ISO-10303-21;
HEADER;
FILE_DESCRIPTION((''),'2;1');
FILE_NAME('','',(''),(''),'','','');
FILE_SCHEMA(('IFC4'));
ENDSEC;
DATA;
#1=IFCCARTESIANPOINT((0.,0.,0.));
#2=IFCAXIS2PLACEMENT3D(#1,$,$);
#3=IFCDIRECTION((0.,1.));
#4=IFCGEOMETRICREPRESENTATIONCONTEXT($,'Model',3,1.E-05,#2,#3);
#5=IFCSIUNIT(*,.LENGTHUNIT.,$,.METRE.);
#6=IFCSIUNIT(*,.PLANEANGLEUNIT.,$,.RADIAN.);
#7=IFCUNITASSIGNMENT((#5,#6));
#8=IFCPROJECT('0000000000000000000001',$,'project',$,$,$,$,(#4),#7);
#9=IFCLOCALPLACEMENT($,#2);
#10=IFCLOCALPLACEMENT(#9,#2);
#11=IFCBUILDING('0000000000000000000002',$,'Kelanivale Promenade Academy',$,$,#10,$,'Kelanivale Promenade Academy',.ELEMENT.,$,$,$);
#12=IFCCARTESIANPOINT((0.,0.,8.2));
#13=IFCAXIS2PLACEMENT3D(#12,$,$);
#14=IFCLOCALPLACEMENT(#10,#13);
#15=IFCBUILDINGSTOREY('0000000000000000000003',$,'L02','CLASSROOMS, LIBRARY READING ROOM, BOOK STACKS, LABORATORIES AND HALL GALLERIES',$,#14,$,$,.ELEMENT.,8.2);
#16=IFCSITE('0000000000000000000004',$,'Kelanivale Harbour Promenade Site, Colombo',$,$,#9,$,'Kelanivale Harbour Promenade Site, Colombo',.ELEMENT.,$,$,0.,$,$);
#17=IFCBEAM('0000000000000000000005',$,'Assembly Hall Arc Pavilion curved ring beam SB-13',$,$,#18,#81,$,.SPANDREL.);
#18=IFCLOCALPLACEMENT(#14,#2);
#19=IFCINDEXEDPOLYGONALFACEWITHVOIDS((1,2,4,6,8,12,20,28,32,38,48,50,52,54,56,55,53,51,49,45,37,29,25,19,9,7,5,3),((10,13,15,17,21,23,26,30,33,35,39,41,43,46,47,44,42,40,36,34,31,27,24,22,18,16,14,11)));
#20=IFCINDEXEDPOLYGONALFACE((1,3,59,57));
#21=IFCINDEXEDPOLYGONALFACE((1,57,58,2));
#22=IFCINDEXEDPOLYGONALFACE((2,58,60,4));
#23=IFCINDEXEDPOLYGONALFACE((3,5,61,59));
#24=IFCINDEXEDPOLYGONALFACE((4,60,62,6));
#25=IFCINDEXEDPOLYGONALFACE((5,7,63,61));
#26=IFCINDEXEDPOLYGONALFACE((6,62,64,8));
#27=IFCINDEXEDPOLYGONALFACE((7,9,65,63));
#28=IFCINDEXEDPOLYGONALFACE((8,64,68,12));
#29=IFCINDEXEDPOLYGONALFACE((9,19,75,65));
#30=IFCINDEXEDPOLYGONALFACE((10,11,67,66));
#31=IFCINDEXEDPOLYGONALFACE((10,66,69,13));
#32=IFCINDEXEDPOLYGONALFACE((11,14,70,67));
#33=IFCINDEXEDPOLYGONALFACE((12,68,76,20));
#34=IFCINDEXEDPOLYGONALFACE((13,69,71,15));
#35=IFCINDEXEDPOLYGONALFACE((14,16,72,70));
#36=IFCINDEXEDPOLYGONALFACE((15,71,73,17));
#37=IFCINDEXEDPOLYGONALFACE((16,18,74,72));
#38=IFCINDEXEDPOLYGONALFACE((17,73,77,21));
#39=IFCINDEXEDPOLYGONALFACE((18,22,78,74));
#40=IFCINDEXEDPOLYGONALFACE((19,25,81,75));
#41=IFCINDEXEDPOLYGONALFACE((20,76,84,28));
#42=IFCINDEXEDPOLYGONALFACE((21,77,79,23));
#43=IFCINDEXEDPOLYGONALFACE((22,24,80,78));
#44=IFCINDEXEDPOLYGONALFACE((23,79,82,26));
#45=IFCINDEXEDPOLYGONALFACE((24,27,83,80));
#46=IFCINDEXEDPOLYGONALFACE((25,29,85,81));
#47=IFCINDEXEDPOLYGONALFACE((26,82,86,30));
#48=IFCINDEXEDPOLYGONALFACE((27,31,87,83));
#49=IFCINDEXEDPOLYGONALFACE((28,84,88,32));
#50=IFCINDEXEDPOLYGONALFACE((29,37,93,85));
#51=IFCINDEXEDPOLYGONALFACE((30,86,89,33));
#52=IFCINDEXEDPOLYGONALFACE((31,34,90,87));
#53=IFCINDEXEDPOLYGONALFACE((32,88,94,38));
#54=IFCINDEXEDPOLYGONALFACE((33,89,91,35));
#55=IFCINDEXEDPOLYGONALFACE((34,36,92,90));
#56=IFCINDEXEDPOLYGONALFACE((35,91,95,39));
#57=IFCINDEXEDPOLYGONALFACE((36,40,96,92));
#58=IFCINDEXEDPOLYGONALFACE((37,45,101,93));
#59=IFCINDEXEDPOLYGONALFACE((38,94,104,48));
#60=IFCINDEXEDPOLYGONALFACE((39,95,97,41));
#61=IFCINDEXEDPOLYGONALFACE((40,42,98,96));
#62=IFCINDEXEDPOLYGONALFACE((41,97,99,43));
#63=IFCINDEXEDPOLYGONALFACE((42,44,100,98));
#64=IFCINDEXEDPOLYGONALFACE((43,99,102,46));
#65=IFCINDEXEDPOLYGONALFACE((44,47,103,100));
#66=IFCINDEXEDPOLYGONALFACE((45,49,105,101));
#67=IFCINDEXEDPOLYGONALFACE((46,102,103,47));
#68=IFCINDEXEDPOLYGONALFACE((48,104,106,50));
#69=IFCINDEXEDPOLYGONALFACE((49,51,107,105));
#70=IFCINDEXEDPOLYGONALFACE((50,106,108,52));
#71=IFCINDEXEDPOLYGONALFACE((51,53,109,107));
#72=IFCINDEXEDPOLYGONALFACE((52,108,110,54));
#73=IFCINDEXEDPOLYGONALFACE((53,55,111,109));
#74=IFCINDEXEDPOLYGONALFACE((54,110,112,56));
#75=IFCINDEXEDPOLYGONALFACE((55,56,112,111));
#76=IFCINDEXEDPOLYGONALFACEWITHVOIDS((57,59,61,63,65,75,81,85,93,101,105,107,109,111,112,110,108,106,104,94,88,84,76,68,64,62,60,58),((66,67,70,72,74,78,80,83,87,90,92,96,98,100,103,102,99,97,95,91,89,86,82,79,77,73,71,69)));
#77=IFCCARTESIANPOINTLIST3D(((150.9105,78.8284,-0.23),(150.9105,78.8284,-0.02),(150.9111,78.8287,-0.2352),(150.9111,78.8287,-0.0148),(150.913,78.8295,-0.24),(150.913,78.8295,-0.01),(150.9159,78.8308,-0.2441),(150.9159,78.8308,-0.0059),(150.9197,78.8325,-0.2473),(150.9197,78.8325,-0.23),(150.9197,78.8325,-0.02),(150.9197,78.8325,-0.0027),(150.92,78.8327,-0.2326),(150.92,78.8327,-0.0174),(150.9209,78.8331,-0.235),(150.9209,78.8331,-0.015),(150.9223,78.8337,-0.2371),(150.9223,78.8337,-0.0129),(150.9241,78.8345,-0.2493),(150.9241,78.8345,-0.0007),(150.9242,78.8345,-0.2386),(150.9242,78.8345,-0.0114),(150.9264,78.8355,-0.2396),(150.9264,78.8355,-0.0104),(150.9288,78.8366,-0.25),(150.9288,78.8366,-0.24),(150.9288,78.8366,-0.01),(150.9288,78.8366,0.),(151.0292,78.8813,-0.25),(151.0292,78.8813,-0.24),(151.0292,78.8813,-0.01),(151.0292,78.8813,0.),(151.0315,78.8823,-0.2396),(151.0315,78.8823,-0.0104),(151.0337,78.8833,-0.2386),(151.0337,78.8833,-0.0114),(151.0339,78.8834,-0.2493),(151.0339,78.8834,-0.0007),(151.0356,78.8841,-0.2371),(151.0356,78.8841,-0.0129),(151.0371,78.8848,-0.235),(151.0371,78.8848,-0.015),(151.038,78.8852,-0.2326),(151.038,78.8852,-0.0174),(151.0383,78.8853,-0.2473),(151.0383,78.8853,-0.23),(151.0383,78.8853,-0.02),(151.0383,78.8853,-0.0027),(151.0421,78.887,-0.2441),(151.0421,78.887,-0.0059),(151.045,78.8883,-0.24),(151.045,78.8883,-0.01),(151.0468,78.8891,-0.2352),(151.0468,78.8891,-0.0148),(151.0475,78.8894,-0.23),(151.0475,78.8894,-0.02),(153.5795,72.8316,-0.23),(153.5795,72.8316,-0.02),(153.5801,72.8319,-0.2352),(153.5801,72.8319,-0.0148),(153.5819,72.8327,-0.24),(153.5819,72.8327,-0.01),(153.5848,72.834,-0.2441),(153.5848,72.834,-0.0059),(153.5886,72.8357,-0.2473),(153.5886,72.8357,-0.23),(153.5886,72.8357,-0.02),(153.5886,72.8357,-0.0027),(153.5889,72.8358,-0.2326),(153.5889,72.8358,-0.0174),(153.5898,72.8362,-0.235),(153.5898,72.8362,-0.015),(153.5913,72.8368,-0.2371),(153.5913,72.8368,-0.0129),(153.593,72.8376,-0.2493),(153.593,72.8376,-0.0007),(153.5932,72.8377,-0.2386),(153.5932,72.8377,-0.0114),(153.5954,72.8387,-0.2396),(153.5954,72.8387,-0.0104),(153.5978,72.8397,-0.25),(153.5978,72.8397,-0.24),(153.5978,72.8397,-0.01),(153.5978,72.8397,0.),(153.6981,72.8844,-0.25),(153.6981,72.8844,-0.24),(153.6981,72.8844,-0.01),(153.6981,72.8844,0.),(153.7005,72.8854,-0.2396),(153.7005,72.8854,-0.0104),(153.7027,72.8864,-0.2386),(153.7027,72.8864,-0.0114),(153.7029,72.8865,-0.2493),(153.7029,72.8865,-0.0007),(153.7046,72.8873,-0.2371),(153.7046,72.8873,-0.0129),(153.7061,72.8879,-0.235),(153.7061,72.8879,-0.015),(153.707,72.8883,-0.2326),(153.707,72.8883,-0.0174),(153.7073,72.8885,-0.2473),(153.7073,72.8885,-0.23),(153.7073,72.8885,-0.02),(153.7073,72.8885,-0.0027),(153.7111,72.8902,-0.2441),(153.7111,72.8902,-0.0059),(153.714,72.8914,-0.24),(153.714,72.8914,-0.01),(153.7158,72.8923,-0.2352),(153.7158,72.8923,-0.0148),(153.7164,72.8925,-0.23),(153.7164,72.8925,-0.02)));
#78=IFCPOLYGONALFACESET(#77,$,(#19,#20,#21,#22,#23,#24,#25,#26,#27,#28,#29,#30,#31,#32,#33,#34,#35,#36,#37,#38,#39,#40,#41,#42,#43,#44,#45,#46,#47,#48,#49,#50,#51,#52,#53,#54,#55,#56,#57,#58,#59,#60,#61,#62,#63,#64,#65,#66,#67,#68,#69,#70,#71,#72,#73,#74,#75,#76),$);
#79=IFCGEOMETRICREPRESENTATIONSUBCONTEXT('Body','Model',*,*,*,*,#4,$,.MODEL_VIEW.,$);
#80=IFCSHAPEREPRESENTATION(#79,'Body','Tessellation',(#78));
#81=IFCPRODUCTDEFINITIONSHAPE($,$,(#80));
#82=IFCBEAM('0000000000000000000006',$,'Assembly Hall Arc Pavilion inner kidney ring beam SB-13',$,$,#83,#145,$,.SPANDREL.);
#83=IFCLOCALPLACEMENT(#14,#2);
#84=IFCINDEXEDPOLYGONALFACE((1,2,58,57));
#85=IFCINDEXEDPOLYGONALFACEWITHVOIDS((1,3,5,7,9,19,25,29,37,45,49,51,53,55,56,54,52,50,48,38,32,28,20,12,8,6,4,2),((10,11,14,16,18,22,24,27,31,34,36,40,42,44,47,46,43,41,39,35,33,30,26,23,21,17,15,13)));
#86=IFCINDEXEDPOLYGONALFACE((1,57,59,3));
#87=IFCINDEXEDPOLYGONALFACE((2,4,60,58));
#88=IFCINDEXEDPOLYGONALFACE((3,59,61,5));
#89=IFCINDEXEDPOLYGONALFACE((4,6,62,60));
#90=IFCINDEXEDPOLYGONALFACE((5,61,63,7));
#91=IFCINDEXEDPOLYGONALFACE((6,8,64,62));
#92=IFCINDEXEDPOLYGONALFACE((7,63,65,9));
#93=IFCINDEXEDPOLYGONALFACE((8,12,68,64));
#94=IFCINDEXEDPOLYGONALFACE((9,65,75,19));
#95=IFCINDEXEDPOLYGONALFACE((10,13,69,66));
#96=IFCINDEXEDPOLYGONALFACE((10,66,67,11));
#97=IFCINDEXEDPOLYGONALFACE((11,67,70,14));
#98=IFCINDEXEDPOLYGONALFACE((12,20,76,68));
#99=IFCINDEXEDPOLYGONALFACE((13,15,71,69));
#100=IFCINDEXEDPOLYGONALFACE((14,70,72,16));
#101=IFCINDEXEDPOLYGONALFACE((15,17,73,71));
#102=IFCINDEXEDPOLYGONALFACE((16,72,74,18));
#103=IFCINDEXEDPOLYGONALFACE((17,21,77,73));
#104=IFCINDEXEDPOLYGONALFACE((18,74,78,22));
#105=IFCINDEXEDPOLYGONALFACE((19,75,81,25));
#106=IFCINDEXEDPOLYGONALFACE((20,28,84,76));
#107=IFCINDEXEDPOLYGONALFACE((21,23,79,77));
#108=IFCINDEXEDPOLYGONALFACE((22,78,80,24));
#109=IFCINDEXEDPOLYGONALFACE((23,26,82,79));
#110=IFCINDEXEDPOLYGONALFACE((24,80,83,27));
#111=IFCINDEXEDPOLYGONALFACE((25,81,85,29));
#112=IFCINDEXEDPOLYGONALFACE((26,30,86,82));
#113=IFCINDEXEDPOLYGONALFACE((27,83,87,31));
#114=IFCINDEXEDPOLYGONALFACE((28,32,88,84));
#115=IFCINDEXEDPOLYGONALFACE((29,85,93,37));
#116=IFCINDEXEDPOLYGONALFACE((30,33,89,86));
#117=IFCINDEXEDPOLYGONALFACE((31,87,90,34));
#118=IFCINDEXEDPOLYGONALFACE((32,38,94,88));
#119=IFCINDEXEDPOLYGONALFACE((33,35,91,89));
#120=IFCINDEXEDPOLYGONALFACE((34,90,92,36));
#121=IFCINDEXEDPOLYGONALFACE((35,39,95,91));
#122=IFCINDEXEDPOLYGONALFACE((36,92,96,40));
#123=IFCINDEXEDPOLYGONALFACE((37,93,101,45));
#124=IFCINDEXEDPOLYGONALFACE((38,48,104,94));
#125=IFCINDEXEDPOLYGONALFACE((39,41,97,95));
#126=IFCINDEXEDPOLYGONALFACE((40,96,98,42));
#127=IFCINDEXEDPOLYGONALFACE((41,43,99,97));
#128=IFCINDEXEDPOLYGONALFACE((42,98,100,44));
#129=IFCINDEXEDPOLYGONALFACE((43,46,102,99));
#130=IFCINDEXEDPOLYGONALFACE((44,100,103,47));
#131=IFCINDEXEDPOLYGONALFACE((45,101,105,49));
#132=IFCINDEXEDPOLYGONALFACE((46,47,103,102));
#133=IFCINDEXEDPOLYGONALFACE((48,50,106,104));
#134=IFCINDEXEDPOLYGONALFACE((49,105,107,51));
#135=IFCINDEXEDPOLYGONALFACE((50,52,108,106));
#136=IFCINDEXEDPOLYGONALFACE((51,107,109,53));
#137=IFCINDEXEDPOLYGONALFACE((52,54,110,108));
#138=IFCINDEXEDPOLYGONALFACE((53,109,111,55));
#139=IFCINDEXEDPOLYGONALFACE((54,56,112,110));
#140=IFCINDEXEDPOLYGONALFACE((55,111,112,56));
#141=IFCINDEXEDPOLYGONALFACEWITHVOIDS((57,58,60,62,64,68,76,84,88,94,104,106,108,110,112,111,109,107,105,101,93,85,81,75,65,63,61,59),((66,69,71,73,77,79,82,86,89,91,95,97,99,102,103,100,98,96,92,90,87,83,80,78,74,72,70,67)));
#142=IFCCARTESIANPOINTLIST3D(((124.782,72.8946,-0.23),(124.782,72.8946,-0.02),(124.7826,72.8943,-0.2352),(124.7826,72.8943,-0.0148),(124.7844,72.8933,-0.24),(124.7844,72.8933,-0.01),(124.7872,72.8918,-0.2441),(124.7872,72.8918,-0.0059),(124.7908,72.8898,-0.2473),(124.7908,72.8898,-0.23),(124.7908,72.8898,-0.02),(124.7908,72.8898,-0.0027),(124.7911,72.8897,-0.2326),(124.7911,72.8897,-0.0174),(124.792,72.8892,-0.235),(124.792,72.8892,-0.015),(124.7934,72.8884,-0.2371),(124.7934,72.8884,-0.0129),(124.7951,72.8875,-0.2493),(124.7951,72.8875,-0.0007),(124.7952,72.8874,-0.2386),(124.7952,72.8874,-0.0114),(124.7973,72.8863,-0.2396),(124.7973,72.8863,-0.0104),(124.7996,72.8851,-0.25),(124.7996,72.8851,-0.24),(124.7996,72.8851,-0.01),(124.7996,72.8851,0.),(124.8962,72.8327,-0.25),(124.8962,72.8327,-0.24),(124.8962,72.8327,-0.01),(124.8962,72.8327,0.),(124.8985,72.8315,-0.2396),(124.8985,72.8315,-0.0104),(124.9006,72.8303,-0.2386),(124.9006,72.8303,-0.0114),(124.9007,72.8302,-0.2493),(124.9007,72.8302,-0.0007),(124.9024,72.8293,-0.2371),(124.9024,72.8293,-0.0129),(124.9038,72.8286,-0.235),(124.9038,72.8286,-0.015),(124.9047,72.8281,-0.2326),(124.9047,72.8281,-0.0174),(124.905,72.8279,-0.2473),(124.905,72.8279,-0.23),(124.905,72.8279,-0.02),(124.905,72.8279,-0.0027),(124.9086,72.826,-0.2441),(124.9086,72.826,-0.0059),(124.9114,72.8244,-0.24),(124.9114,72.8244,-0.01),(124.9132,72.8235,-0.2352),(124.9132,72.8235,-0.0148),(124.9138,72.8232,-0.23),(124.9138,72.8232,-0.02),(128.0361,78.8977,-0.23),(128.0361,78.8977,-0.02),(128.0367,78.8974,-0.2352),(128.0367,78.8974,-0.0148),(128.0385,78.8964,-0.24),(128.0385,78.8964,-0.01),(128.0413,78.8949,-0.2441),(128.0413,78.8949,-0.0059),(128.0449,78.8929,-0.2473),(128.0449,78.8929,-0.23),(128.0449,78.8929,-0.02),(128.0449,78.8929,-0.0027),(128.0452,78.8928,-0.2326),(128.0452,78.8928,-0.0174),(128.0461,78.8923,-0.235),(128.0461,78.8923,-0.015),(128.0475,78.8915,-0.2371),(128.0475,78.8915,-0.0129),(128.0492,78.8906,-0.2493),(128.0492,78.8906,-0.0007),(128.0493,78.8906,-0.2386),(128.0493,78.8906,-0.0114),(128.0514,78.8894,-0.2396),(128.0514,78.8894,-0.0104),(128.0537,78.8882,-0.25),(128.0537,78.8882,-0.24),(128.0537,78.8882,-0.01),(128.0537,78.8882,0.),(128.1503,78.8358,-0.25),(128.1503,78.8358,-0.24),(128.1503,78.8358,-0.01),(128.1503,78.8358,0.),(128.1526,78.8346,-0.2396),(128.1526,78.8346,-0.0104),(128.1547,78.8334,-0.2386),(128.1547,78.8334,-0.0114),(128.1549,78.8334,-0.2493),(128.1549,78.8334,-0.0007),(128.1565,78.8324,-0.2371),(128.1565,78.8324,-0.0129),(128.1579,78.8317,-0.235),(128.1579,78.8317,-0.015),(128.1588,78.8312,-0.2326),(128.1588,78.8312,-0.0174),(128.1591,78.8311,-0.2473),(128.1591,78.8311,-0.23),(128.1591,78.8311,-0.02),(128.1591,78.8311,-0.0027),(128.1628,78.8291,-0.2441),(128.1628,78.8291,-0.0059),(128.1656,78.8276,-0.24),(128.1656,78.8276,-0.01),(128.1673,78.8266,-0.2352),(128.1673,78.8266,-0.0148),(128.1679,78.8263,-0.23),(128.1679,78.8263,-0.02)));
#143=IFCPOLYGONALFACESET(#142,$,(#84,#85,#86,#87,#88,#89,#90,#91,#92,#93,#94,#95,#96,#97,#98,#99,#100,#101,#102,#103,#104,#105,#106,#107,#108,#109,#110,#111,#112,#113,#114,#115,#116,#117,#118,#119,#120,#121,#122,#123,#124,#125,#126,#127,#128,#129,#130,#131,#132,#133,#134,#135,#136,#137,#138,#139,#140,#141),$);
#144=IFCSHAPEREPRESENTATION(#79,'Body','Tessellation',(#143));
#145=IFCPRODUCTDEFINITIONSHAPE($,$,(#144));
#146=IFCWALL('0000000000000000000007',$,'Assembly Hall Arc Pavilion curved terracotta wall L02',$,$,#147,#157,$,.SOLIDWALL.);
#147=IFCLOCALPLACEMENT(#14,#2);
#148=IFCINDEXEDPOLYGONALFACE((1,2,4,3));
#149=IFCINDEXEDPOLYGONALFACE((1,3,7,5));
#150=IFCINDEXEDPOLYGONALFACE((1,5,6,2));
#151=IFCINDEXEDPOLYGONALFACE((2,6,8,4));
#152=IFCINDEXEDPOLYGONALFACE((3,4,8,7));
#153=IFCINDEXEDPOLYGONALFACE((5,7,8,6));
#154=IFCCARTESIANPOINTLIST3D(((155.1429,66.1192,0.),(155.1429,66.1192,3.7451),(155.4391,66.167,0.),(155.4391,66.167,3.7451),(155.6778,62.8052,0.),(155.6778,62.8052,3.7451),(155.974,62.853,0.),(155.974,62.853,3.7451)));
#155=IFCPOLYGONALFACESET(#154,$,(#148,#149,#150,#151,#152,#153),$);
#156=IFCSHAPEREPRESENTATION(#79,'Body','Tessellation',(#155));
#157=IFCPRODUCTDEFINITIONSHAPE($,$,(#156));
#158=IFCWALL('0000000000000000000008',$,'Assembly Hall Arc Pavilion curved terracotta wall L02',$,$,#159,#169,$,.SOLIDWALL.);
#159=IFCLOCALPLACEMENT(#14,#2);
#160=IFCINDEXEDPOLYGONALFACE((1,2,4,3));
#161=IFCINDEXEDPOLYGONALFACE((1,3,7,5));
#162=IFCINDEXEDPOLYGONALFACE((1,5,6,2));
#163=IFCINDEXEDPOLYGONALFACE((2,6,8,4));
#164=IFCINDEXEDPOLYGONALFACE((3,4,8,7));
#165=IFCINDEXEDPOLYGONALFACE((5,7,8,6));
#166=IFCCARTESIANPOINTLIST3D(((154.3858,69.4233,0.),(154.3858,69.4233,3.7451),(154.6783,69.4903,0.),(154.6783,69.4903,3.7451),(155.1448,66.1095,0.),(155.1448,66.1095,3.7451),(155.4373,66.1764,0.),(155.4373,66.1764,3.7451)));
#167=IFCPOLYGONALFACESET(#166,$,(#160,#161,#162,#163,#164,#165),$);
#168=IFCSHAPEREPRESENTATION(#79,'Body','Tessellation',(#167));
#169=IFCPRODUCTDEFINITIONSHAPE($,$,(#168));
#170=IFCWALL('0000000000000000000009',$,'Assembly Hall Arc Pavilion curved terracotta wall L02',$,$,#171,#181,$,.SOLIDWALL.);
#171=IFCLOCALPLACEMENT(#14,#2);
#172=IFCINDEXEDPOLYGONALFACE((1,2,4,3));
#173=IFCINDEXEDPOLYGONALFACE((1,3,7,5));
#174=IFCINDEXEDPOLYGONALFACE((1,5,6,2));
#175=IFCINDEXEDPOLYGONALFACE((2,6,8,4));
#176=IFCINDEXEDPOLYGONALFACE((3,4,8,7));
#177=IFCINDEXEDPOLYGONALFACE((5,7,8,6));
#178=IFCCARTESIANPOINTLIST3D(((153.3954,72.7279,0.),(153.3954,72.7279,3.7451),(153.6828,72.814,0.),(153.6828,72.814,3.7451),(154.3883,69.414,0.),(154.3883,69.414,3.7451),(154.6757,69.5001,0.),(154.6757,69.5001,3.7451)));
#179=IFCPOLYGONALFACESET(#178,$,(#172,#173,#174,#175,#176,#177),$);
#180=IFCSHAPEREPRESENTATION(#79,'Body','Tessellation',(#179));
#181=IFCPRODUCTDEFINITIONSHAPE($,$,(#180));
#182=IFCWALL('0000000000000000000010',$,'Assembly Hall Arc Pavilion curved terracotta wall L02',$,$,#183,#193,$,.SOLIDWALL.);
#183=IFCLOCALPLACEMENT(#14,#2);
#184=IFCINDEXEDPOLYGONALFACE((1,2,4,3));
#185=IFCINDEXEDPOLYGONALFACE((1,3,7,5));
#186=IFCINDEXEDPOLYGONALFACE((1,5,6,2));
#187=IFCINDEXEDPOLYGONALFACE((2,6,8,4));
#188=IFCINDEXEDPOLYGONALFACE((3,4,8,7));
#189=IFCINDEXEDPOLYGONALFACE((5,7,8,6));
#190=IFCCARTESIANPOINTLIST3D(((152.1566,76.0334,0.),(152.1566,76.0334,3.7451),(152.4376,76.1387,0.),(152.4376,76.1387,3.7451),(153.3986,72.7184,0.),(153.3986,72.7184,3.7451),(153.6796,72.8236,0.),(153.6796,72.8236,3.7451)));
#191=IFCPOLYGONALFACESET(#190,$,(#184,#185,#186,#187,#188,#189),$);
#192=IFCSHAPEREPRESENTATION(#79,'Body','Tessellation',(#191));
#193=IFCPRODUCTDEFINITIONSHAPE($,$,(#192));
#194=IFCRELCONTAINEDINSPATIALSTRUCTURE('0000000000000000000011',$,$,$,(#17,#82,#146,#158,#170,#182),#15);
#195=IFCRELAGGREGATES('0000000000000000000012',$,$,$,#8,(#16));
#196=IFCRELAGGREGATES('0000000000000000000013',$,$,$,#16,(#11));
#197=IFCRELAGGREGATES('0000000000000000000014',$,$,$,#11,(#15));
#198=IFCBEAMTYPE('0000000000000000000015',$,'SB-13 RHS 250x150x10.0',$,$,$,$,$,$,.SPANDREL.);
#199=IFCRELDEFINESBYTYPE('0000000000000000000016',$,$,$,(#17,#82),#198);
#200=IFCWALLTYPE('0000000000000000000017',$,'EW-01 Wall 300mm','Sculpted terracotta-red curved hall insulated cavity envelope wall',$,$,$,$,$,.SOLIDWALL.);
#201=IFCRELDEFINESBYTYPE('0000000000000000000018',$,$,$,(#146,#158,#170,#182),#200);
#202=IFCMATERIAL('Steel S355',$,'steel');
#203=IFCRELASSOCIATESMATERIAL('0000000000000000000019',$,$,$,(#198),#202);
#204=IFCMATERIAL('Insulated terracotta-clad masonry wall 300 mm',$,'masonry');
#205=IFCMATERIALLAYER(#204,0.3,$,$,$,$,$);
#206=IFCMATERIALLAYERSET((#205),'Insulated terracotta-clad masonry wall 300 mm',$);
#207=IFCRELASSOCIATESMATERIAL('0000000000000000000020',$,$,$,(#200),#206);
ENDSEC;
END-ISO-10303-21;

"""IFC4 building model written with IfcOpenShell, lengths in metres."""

from ifc_helpers import new_model, si_unit, direction, frame, frame_2d, origin, origin_2d, place, context, subcontext, project, spatial, rectangle, hollow_rectangle, extrude, material, layer, layer_set, material_profile, profile_set, type_object, element, save


model = new_model("IFC4")

# Units and contexts
model_context = context("Model", 3, precision=1e-05, world=origin(), true_north=direction((0.0, 1.0)))
body_context = subcontext(model_context, "Body", "Model", "MODEL_VIEW")
ifc_project = project(units=[si_unit("LENGTHUNIT", "METRE"), si_unit("PLANEANGLEUNIT", "RADIAN")], contexts=[model_context])

# Site, building, storey
site_placement = place(None, origin())
site = spatial("IfcSite", under=ifc_project, at=site_placement, Name="Kelanivale Harbour Promenade Site, Colombo", LongName="Kelanivale Harbour Promenade Site, Colombo", CompositionType="ELEMENT", RefElevation=0.0)
building_placement = place(site_placement, origin())
building = spatial("IfcBuilding", under=site, at=building_placement, Name="Kelanivale Promenade Academy", LongName="Kelanivale Promenade Academy", CompositionType="ELEMENT")
storey_placement = place(building_placement, frame((0.0, 0.0, 8.2)))
storey = spatial("IfcBuildingStorey", under=building, at=storey_placement, Name="L02", Description="CLASSROOMS, LIBRARY READING ROOM, BOOK STACKS, LABORATORIES AND HALL GALLERIES", CompositionType="ELEMENT", Elevation=8.2)

# Shared definitions
ifc_material_1 = material(Name="Steel S355", Category="steel")

# Beams
ifc_material_profile_1 = material_profile(ifc_material_1, hollow_rectangle(XDim=0.1499, YDim=0.25, WallThickness=0.01, InnerFilletRadius=0.01, OuterFilletRadius=0.02, at=origin_2d()), Name="RHS 250x150x10.0")
ifc_profile_set_1 = profile_set([ifc_material_profile_1], Name="Steel S355")
beam_type = type_object("IfcBeamType", Name="SB-13 RHS 250x150x10.0", PredefinedType="SPANDREL", material=ifc_profile_set_1)
beam_1_placement = place(storey_placement, frame((153.6479, 72.8621, -0.125), z_axis=(-0.406608, 0.913603, 0.0), x_axis=(-0.913603, -0.406608, 0.0)))
element("IfcBeam", 1, at=beam_1_placement, inside=storey, type_object=beam_type, Name="Assembly Hall Arc Pavilion curved ring beam SB-13", PredefinedType="SPANDREL", context=body_context, shape_type="SweptSolid", body=[
    extrude(hollow_rectangle(XDim=0.1499, YDim=0.25, WallThickness=0.01, InnerFilletRadius=0.01, OuterFilletRadius=0.02, at=origin_2d()), origin(), (0.0, 0.0, 1.0), 6.564),
])
beam_2_placement = place(storey_placement, frame((124.8479, 72.8589, -0.125), z_axis=(0.476558, 0.879143, 0.0), x_axis=(-0.879143, 0.476558, 0.0)))
element("IfcBeam", 2, at=beam_2_placement, inside=storey, type_object=beam_type, Name="Assembly Hall Arc Pavilion inner kidney ring beam SB-13", PredefinedType="SPANDREL", context=body_context, shape_type="SweptSolid", body=[
    extrude(hollow_rectangle(XDim=0.1499, YDim=0.25, WallThickness=0.01, InnerFilletRadius=0.01, OuterFilletRadius=0.02, at=origin_2d()), origin(), (0.0, 0.0, 1.0), 6.8284),
])

# Walls
ifc_material_2 = material(Name="Insulated terracotta-clad masonry wall 300 mm", Category="masonry")
ifc_layer_1 = layer(ifc_material_2, 0.3)
ifc_layer_set_1 = layer_set([ifc_layer_1], Name="Insulated terracotta-clad masonry wall 300 mm")
wall_type_1 = type_object("IfcWallType", Name="EW-01 Wall 300mm", Description="Sculpted terracotta-red curved hall insulated cavity envelope wall", PredefinedType="SOLIDWALL", material=ifc_layer_set_1)
wall_1_placement = place(storey_placement, frame((155.8259, 62.8291, 0.0), z_axis=(0.0, 0.0, 1.0), x_axis=(-0.159349, 0.987222, 0.0)))
element("IfcWall", 3, at=wall_1_placement, inside=storey, type_object=wall_type_1, Name="Assembly Hall Arc Pavilion curved terracotta wall L02", PredefinedType="SOLIDWALL", context=body_context, shape_type="SweptSolid", body=[
    extrude(rectangle(XDim=3.3569, YDim=0.3, at=frame_2d((1.6785, 0.0))), origin(), (0.0, 0.0, 1.0), 3.7451),
])
wall_2_placement = place(storey_placement, frame((155.291, 66.1431, 0.0), z_axis=(0.0, 0.0, 1.0), x_axis=(-0.22326, 0.974759, 0.0)))
element("IfcWall", 4, at=wall_2_placement, inside=storey, type_object=wall_type_1, Name="Assembly Hall Arc Pavilion curved terracotta wall L02", PredefinedType="SOLIDWALL", context=body_context, shape_type="SweptSolid", body=[
    extrude(rectangle(XDim=3.3997, YDim=0.3, at=frame_2d((1.6997, 0.0))), origin(), (0.0, 0.0, 1.0), 3.7451),
])
wall_3_placement = place(storey_placement, frame((154.532, 69.457, 0.0), z_axis=(0.0, 0.0, 1.0), x_axis=(-0.287011, 0.957927, 0.0)))
element("IfcWall", 5, at=wall_3_placement, inside=storey, type_object=wall_type_1, Name="Assembly Hall Arc Pavilion curved terracotta wall L02", PredefinedType="SOLIDWALL", context=body_context, shape_type="SweptSolid", body=[
    extrude(rectangle(XDim=3.4595, YDim=0.3, at=frame_2d((1.7297, 0.0))), origin(), (0.0, 0.0, 1.0), 3.7451),
])
wall_4_placement = place(storey_placement, frame((153.5391, 72.771, 0.0), z_axis=(0.0, 0.0, 1.0), x_axis=(-0.350836, 0.936437, 0.0)))
element("IfcWall", 6, at=wall_4_placement, inside=storey, type_object=wall_type_1, Name="Assembly Hall Arc Pavilion curved terracotta wall L02", PredefinedType="SOLIDWALL", context=body_context, shape_type="SweptSolid", body=[
    extrude(rectangle(XDim=3.54, YDim=0.3, at=frame_2d((1.77, 0.0))), origin(), (0.0, 0.0, 1.0), 3.7451),
])

save(model, "model.ifc")
